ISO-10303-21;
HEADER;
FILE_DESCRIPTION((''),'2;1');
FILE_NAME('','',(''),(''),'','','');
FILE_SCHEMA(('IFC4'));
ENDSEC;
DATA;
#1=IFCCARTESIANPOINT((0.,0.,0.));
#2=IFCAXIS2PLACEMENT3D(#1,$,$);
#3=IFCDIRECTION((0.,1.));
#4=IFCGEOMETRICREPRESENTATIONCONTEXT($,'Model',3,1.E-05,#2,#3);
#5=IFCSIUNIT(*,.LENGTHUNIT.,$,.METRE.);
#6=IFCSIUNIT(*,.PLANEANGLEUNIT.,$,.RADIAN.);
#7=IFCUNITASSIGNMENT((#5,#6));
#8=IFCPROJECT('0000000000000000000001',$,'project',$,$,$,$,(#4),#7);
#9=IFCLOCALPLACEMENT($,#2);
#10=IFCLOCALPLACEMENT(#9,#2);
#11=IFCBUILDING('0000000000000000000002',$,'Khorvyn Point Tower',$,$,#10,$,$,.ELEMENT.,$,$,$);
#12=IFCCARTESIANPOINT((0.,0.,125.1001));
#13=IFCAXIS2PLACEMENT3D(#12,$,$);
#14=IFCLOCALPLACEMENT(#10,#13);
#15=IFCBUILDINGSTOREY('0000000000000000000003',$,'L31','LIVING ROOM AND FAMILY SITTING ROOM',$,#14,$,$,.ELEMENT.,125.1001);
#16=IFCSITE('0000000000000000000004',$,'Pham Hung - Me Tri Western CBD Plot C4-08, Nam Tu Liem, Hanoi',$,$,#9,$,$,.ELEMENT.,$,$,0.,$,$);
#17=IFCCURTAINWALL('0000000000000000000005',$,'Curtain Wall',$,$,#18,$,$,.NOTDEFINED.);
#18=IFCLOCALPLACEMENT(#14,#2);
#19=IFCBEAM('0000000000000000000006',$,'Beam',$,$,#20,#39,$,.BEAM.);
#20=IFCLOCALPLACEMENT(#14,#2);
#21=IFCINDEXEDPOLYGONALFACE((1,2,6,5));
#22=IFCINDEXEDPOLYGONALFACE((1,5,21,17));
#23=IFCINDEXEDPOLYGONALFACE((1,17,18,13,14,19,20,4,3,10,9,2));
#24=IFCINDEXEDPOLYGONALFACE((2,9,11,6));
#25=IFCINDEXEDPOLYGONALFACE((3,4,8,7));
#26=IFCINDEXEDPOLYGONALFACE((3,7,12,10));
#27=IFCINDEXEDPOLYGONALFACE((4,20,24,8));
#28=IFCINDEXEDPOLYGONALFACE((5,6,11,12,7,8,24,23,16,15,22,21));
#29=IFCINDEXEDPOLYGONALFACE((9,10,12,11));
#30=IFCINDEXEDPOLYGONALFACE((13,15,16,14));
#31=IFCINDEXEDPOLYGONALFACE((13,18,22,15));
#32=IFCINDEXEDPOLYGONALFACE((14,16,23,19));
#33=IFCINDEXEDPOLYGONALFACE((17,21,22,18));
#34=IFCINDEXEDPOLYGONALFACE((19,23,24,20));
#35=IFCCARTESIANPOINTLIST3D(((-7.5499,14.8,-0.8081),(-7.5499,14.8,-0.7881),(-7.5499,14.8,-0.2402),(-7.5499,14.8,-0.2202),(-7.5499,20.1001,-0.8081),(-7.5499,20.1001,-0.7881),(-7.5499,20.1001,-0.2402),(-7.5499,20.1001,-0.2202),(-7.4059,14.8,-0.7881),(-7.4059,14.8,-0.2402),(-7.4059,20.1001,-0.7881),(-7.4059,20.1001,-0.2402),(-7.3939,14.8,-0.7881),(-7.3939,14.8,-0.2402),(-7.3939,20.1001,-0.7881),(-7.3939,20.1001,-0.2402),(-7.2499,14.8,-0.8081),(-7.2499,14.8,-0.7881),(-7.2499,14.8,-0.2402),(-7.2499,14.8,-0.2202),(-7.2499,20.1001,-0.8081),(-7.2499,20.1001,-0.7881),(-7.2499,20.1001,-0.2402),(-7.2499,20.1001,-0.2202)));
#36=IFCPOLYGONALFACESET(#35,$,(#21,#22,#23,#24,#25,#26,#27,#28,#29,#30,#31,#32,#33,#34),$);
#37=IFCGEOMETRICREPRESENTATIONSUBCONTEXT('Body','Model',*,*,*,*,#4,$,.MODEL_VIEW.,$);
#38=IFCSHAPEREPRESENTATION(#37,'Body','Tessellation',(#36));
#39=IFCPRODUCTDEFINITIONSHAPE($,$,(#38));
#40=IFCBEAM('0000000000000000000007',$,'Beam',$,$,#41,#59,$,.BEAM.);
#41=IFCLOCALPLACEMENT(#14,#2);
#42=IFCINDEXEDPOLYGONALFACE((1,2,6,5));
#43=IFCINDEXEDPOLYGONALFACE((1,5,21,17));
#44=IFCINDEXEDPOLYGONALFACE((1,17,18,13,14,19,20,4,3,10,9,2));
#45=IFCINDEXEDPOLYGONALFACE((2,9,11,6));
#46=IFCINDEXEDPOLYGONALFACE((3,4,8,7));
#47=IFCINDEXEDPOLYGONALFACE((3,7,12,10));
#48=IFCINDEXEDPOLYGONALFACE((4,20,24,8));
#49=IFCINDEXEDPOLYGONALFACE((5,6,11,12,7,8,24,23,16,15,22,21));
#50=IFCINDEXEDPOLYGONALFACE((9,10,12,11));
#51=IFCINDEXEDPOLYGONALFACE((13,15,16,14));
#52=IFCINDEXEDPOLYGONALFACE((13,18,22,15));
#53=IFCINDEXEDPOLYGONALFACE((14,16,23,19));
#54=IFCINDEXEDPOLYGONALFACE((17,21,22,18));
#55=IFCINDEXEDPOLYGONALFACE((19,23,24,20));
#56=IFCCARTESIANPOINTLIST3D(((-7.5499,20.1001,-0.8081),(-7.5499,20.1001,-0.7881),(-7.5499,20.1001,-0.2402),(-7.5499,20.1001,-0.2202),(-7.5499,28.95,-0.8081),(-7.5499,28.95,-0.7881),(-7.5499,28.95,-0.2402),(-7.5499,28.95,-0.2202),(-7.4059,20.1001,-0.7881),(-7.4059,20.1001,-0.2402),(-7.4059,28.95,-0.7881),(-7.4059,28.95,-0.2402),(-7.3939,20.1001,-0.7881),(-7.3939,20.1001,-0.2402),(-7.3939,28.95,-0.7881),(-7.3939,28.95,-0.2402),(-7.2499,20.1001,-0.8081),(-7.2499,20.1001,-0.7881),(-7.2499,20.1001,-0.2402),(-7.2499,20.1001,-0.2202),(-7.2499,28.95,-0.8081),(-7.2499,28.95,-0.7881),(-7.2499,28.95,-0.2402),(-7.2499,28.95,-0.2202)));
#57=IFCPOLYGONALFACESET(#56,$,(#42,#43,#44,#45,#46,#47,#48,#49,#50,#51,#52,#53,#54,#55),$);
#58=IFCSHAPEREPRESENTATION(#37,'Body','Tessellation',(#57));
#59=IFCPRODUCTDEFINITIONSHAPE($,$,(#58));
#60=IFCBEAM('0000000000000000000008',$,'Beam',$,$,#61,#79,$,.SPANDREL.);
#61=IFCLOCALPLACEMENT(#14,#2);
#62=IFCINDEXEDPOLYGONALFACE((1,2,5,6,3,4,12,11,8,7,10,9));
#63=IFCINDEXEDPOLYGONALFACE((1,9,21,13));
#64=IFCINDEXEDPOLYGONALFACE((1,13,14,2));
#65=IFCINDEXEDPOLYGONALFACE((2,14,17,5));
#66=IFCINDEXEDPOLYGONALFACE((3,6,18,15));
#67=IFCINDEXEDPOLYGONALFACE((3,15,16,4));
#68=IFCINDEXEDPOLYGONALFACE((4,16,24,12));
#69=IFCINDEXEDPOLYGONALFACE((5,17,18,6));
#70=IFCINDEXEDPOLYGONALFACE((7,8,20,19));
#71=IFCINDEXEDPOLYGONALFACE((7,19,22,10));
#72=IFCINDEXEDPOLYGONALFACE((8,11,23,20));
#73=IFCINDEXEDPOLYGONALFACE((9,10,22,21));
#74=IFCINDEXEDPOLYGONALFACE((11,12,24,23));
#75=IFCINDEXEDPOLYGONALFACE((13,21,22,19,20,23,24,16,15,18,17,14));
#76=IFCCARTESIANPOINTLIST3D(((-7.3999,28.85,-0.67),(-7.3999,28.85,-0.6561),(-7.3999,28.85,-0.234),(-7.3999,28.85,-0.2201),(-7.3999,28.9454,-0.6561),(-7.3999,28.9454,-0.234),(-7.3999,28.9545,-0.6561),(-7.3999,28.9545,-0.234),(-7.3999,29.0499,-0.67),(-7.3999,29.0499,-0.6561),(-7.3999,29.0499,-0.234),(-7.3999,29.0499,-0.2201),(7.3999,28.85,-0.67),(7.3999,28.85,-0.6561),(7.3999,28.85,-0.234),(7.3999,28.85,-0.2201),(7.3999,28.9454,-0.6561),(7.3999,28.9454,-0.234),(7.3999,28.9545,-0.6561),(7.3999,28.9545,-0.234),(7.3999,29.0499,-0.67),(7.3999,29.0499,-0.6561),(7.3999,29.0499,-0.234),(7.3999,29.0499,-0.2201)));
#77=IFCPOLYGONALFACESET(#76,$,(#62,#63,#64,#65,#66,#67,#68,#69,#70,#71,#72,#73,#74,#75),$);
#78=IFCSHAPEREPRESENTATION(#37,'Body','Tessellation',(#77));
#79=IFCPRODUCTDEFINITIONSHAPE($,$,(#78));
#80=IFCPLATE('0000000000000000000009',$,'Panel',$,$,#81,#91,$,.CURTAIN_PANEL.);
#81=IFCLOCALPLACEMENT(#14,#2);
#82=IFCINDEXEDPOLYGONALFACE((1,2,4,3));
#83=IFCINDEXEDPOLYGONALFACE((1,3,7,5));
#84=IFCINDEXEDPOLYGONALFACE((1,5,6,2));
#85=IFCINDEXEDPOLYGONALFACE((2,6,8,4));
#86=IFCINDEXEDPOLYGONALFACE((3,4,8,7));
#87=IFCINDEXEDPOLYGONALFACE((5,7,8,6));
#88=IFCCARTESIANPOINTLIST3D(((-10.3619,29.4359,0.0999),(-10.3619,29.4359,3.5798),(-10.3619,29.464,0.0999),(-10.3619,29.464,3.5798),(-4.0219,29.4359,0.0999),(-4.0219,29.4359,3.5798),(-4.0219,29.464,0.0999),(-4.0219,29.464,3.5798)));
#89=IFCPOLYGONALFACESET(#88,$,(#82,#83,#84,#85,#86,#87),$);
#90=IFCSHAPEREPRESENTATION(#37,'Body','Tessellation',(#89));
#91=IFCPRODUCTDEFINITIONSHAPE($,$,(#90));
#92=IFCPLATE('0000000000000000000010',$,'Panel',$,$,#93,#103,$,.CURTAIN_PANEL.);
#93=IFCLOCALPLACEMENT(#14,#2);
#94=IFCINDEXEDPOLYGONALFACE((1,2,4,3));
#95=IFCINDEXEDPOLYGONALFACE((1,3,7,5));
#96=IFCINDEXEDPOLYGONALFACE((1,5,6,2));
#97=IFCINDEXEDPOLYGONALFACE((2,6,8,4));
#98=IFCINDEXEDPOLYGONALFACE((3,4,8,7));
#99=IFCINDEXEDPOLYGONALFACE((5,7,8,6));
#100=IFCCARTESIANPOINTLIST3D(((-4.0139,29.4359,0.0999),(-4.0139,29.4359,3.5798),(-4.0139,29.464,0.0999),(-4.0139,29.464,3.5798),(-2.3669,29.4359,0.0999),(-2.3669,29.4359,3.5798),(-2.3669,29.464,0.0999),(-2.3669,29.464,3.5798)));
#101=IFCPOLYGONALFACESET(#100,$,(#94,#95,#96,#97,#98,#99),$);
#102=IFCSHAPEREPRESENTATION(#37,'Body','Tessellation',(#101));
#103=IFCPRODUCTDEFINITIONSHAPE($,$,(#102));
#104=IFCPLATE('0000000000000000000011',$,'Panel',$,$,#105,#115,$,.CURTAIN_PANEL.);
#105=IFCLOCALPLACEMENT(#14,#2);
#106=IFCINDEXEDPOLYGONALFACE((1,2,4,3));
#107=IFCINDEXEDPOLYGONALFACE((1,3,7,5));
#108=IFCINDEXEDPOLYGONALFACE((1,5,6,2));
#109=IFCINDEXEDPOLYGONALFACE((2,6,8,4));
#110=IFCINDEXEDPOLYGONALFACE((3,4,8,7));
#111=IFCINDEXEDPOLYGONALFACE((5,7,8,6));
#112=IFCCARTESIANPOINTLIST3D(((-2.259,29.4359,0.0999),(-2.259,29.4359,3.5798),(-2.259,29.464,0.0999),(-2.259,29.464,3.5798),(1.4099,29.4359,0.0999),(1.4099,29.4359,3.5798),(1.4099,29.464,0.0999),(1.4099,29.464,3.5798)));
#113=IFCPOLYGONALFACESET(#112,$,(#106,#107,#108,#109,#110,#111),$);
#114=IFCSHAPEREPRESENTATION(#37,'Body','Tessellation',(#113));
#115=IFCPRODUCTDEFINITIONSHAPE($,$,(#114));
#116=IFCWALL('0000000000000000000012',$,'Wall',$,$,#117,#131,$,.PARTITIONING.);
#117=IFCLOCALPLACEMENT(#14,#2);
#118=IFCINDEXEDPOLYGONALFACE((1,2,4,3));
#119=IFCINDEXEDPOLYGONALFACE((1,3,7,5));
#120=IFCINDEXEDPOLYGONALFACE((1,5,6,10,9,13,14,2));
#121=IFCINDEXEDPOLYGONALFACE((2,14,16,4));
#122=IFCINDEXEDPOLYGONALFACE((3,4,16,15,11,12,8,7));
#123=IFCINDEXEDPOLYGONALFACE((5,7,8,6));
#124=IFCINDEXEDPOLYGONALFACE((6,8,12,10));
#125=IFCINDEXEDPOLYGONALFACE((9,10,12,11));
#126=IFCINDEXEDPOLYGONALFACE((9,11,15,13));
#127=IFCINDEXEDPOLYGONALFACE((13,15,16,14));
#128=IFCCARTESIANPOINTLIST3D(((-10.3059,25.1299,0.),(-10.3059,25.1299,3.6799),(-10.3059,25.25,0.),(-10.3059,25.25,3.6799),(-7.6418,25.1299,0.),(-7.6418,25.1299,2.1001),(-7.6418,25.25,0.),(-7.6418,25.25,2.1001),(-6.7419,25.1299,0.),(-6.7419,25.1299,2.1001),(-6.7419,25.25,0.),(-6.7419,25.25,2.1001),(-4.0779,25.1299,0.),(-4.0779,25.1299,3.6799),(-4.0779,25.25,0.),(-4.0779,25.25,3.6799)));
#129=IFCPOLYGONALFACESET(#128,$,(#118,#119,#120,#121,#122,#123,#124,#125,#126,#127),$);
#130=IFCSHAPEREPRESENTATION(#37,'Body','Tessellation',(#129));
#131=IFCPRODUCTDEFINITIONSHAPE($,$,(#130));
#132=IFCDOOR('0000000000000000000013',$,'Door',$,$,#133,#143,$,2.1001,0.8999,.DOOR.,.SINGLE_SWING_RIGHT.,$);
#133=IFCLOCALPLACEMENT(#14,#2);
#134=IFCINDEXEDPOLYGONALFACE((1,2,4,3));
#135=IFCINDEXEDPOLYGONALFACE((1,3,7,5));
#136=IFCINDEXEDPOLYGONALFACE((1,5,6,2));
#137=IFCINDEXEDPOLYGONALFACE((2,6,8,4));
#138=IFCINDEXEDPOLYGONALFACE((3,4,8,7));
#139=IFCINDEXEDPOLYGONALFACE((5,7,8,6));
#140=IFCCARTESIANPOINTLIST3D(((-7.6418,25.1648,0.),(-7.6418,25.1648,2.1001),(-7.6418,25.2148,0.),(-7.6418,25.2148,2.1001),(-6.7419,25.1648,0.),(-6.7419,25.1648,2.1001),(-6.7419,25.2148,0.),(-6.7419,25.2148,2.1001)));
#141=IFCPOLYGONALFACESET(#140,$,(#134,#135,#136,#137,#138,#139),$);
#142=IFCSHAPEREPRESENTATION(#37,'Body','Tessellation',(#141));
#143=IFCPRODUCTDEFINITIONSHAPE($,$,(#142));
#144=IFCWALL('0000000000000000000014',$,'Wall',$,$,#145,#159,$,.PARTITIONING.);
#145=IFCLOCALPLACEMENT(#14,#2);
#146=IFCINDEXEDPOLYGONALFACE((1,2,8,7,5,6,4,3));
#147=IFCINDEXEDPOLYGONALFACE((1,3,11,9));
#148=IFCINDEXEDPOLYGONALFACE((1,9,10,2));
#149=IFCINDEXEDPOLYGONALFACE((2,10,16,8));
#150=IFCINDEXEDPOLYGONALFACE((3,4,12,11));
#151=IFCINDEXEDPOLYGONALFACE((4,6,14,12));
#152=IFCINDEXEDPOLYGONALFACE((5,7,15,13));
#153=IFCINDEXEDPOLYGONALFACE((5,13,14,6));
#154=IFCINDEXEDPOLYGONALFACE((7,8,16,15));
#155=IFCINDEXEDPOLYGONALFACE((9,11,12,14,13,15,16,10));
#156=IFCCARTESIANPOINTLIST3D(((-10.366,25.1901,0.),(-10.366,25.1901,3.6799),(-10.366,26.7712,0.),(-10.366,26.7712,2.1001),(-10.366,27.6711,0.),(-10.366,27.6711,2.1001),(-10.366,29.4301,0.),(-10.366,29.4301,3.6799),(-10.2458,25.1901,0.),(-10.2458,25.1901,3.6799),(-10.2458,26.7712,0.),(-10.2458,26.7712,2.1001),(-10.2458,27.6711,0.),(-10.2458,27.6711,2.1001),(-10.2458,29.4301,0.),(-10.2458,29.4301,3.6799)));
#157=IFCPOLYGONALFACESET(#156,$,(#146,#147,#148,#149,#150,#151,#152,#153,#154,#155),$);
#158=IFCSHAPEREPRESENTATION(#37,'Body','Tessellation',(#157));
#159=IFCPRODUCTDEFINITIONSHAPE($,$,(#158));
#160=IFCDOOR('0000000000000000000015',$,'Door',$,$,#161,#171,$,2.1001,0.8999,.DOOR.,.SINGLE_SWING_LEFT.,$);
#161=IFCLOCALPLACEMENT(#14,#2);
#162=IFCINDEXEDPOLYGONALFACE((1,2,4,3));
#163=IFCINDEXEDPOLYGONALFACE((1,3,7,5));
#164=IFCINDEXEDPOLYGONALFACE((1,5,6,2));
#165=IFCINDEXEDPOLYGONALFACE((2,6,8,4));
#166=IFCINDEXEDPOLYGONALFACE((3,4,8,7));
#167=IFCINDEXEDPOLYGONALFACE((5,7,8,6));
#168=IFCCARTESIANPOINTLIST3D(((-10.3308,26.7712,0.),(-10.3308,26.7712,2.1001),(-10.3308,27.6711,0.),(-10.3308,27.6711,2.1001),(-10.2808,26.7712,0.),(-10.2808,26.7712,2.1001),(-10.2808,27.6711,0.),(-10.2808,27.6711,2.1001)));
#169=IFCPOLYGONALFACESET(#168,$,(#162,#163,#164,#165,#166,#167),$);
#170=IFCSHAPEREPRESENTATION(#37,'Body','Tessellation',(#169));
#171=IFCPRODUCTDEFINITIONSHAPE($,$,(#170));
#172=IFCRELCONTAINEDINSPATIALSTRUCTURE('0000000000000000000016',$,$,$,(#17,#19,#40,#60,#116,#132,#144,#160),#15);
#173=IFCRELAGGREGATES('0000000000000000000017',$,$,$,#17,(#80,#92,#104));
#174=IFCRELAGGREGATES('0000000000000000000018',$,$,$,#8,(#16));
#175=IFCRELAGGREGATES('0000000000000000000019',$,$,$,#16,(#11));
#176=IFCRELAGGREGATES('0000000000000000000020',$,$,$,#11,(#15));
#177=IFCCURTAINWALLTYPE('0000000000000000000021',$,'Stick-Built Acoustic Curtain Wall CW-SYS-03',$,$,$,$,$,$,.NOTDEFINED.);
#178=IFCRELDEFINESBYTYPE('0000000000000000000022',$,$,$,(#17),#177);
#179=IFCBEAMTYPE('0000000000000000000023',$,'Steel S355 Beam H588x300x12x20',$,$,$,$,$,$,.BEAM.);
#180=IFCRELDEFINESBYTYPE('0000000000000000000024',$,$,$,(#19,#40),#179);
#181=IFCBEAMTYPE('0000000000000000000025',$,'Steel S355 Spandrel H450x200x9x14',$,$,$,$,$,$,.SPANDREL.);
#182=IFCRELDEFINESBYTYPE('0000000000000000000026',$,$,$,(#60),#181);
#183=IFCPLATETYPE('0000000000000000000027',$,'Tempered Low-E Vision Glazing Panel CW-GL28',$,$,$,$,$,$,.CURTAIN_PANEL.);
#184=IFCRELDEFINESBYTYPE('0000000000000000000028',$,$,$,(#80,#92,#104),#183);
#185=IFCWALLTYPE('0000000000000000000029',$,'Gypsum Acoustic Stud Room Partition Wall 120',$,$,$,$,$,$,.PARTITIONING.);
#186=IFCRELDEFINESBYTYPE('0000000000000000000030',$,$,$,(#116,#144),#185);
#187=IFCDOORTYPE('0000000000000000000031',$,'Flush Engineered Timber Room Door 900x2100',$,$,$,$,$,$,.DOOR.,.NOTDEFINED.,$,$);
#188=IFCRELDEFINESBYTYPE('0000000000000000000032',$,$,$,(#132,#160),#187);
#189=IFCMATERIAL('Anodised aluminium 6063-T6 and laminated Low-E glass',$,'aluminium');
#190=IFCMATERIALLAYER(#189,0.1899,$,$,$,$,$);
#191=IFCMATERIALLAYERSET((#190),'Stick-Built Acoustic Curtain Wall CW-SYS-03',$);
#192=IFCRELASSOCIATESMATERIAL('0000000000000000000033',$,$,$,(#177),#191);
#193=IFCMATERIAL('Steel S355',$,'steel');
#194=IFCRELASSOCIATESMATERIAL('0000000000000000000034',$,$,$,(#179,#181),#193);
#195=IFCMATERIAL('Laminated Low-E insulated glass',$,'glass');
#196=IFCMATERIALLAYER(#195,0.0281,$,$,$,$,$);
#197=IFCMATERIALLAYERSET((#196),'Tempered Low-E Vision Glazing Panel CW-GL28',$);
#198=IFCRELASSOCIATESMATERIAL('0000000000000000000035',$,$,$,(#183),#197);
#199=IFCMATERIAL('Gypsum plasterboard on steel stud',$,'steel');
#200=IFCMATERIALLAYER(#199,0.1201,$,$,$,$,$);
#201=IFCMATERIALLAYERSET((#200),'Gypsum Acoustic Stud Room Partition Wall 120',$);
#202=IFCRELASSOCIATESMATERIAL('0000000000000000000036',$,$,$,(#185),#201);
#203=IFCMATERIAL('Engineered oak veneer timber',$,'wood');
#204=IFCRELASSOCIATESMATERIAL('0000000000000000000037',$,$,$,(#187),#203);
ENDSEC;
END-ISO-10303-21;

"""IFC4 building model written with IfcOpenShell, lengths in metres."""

from ifc_helpers import new_model, si_unit, direction, frame, frame_2d, origin, origin_2d, place, context, subcontext, project, spatial, rectangle, i_section, extrude, material, layer, layer_set, material_profile, profile_set, type_object, element, fill, aggregate, save


model = new_model("IFC4")

# Units and contexts
model_context = context("Model", 3, precision=1e-05, world=origin(), true_north=direction((0.0, 1.0)))
body_context = subcontext(model_context, "Body", "Model", "MODEL_VIEW")
ifc_project = project(units=[si_unit("LENGTHUNIT", "METRE"), si_unit("PLANEANGLEUNIT", "RADIAN")], contexts=[model_context])

# Site, building, storey
site_placement = place(None, origin())
site = spatial("IfcSite", under=ifc_project, at=site_placement, Name="Pham Hung - Me Tri Western CBD Plot C4-08, Nam Tu Liem, Hanoi", CompositionType="ELEMENT", RefElevation=0.0)
building_placement = place(site_placement, origin())
building = spatial("IfcBuilding", under=site, at=building_placement, Name="Khorvyn Point Tower", CompositionType="ELEMENT")
storey_placement = place(building_placement, frame((0.0, 0.0, 125.1001)))
storey = spatial("IfcBuildingStorey", under=building, at=storey_placement, Name="L31", Description="LIVING ROOM AND FAMILY SITTING ROOM", CompositionType="ELEMENT", Elevation=125.1001)

# Curtain wall
ifc_material_1 = material(Name="Anodised aluminium 6063-T6 and laminated Low-E glass", Category="aluminium")
ifc_layer_1 = layer(ifc_material_1, 0.1899)
ifc_layer_set_1 = layer_set([ifc_layer_1], Name="Stick-Built Acoustic Curtain Wall CW-SYS-03")
curtain_wall_type = type_object("IfcCurtainWallType", Name="Stick-Built Acoustic Curtain Wall CW-SYS-03", PredefinedType="NOTDEFINED", material=ifc_layer_set_1)
curtain_wall_placement = place(storey_placement, origin())
curtain_wall = element("IfcCurtainWall", 1, at=curtain_wall_placement, inside=storey, type_object=curtain_wall_type, Name="Curtain Wall", PredefinedType="NOTDEFINED")

# Beams
ifc_material_2 = material(Name="Steel S355", Category="steel")
ifc_material_profile_1 = material_profile(ifc_material_2, i_section(OverallWidth=0.3, OverallDepth=0.5879, WebThickness=0.012, FlangeThickness=0.02, at=origin_2d()))
ifc_profile_set_1 = profile_set([ifc_material_profile_1], Name="Steel S355 H588x300x12x20")
beam_type_1 = type_object("IfcBeamType", Name="Steel S355 Beam H588x300x12x20", PredefinedType="BEAM", material=ifc_profile_set_1)
beam_1_placement = place(storey_placement, frame((-7.3999, 14.8, -0.5142), z_axis=(0.0, 1.0, 0.0), x_axis=(-1.0, 0.0, 0.0)))
element("IfcBeam", 2, at=beam_1_placement, inside=storey, type_object=beam_type_1, Name="Beam", PredefinedType="BEAM", context=body_context, shape_type="SweptSolid", body=[
    extrude(i_section(OverallWidth=0.3, OverallDepth=0.5879, WebThickness=0.012, FlangeThickness=0.02, at=origin_2d()), origin(), (0.0, 0.0, 1.0), 5.3),
])
beam_2_placement = place(storey_placement, frame((-7.3999, 20.1001, -0.5142), z_axis=(0.0, 1.0, 0.0), x_axis=(-1.0, 0.0, 0.0)))
element("IfcBeam", 3, at=beam_2_placement, inside=storey, type_object=beam_type_1, Name="Beam", PredefinedType="BEAM", context=body_context, shape_type="SweptSolid", body=[
    extrude(i_section(OverallWidth=0.3, OverallDepth=0.5879, WebThickness=0.012, FlangeThickness=0.02, at=origin_2d()), origin(), (0.0, 0.0, 1.0), 8.8499),
])
ifc_material_profile_2 = material_profile(ifc_material_2, i_section(OverallWidth=0.2, OverallDepth=0.45, WebThickness=0.009, FlangeThickness=0.0139, at=origin_2d()))
ifc_profile_set_2 = profile_set([ifc_material_profile_2], Name="Steel S355 H450x200x9x14")
beam_type_2 = type_object("IfcBeamType", Name="Steel S355 Spandrel H450x200x9x14", PredefinedType="SPANDREL", material=ifc_profile_set_2)
beam_3_placement = place(storey_placement, frame((-7.3999, 28.95, -0.4451), z_axis=(1.0, 0.0, 0.0), x_axis=(0.0, 1.0, 0.0)))
element("IfcBeam", 4, at=beam_3_placement, inside=storey, type_object=beam_type_2, Name="Beam", PredefinedType="SPANDREL", context=body_context, shape_type="SweptSolid", body=[
    extrude(i_section(OverallWidth=0.2, OverallDepth=0.45, WebThickness=0.009, FlangeThickness=0.0139, at=origin_2d()), origin(), (0.0, 0.0, 1.0), 14.7998),
])

# Plates
ifc_material_3 = material(Name="Laminated Low-E insulated glass", Category="glass")
ifc_layer_2 = layer(ifc_material_3, 0.0281)
ifc_layer_set_2 = layer_set([ifc_layer_2], Name="Tempered Low-E Vision Glazing Panel CW-GL28")
plate_type = type_object("IfcPlateType", Name="Tempered Low-E Vision Glazing Panel CW-GL28", PredefinedType="CURTAIN_PANEL", material=ifc_layer_set_2)
plate_1_placement = place(storey_placement, frame((-7.1919, 29.45, 0.0999), z_axis=(0.0, 0.0, 1.0), x_axis=(1.0, 0.0, 0.0)))
plate_1 = element("IfcPlate", 5, at=plate_1_placement, type_object=plate_type, Name="Panel", PredefinedType="CURTAIN_PANEL", context=body_context, shape_type="SweptSolid", body=[
    extrude(rectangle(XDim=6.3401, YDim=0.0281, at=origin_2d()), origin(), (0.0, 0.0, 1.0), 3.48),
])
plate_2_placement = place(storey_placement, frame((-3.1904, 29.45, 0.0999), z_axis=(0.0, 0.0, 1.0), x_axis=(1.0, 0.0, 0.0)))
plate_2 = element("IfcPlate", 6, at=plate_2_placement, type_object=plate_type, Name="Panel", PredefinedType="CURTAIN_PANEL", context=body_context, shape_type="SweptSolid", body=[
    extrude(rectangle(XDim=1.647, YDim=0.0281, at=origin_2d()), origin(), (0.0, 0.0, 1.0), 3.48),
])
plate_3_placement = place(storey_placement, frame((-0.4246, 29.45, 0.0999), z_axis=(0.0, 0.0, 1.0), x_axis=(1.0, 0.0, 0.0)))
plate_3 = element("IfcPlate", 7, at=plate_3_placement, type_object=plate_type, Name="Panel", PredefinedType="CURTAIN_PANEL", context=body_context, shape_type="SweptSolid", body=[
    extrude(rectangle(XDim=3.6689, YDim=0.0281, at=origin_2d()), origin(), (0.0, 0.0, 1.0), 3.48),
])
aggregate(curtain_wall, [plate_1, plate_2, plate_3])

# Walls, openings, doors
ifc_material_4 = material(Name="Gypsum plasterboard on steel stud", Category="steel")
ifc_layer_3 = layer(ifc_material_4, 0.1201)
ifc_layer_set_3 = layer_set([ifc_layer_3], Name="Gypsum Acoustic Stud Room Partition Wall 120")
wall_type_1 = type_object("IfcWallType", Name="Gypsum Acoustic Stud Room Partition Wall 120", PredefinedType="PARTITIONING", material=ifc_layer_set_3)
wall_1_placement = place(storey_placement, frame((-10.3059, 25.1899, 0.0), z_axis=(0.0, 0.0, 1.0), x_axis=(1.0, 0.0, 0.0)))
wall_1 = element("IfcWall", 8, at=wall_1_placement, inside=storey, type_object=wall_type_1, Name="Wall", PredefinedType="PARTITIONING", context=body_context, shape_type="SweptSolid", body=[
    extrude(rectangle(XDim=6.228, YDim=0.1201, at=frame_2d((3.114, 0.0))), origin(), (0.0, 0.0, 1.0), 3.6799),
])
opening_1_placement = place(wall_1_placement, frame((2.6641, 0.0, 0.0)))
opening_1 = element("IfcOpeningElement", 9, at=opening_1_placement, cuts=wall_1, PredefinedType="OPENING", context=body_context, shape_type="SweptSolid", body=[
    extrude(rectangle(XDim=0.8999, YDim=2.1001, at=frame_2d((0.45, 1.05))), frame((0.0, 0.0701, 0.0), z_axis=(0.0, -1.0, 0.0), x_axis=(1.0, 0.0, 0.0)), (0.0, 0.0, 1.0), 0.1401),
])
ifc_material_5 = material(Name="Engineered oak veneer timber", Category="wood")
door_type_1 = type_object("IfcDoorType", Name="Flush Engineered Timber Room Door 900x2100", OperationType="NOTDEFINED", PredefinedType="DOOR", material=ifc_material_5)
door_1_placement = place(opening_1_placement, origin())
door_1 = element("IfcDoor", 10, at=door_1_placement, inside=storey, type_object=door_type_1, Name="Door", OperationType="SINGLE_SWING_RIGHT", OverallHeight=2.1001, OverallWidth=0.8999, PredefinedType="DOOR", context=body_context, shape_type="SweptSolid", body=[
    extrude(rectangle(XDim=0.8999, YDim=2.1001, at=frame_2d((0.45, 1.05))), frame((0.0, 0.0249, 0.0), z_axis=(0.0, -1.0, 0.0), x_axis=(1.0, 0.0, 0.0)), (0.0, 0.0, 1.0), 0.05),
])
fill(opening_1, door_1)
wall_2_placement = place(storey_placement, frame((-10.3059, 25.1899, 0.0), z_axis=(0.0, 0.0, 1.0), x_axis=(0.0, 1.0, 0.0)))
wall_2 = element("IfcWall", 11, at=wall_2_placement, inside=storey, type_object=wall_type_1, Name="Wall", PredefinedType="PARTITIONING", context=body_context, shape_type="SweptSolid", body=[
    extrude(rectangle(XDim=4.24, YDim=0.1201, at=frame_2d((2.1201, 0.0))), origin(), (0.0, 0.0, 1.0), 3.6799),
])
opening_2_placement = place(wall_2_placement, frame((1.5813, 0.0, 0.0)))
opening_2 = element("IfcOpeningElement", 12, at=opening_2_placement, cuts=wall_2, PredefinedType="OPENING", context=body_context, shape_type="SweptSolid", body=[
    extrude(rectangle(XDim=0.8999, YDim=2.1001, at=frame_2d((0.45, 1.05))), frame((0.0, 0.0701, 0.0), z_axis=(0.0, -1.0, 0.0), x_axis=(1.0, 0.0, 0.0)), (0.0, 0.0, 1.0), 0.1401),
])
door_2_placement = place(opening_2_placement, origin())
door_2 = element("IfcDoor", 13, at=door_2_placement, inside=storey, type_object=door_type_1, Name="Door", OperationType="SINGLE_SWING_LEFT", OverallHeight=2.1001, OverallWidth=0.8999, PredefinedType="DOOR", context=body_context, shape_type="SweptSolid", body=[
    extrude(rectangle(XDim=0.8999, YDim=2.1001, at=frame_2d((0.45, 1.05))), frame((0.0, 0.0249, 0.0), z_axis=(0.0, -1.0, 0.0), x_axis=(1.0, 0.0, 0.0)), (0.0, 0.0, 1.0), 0.05),
])
fill(opening_2, door_2)

save(model, "model.ifc")
